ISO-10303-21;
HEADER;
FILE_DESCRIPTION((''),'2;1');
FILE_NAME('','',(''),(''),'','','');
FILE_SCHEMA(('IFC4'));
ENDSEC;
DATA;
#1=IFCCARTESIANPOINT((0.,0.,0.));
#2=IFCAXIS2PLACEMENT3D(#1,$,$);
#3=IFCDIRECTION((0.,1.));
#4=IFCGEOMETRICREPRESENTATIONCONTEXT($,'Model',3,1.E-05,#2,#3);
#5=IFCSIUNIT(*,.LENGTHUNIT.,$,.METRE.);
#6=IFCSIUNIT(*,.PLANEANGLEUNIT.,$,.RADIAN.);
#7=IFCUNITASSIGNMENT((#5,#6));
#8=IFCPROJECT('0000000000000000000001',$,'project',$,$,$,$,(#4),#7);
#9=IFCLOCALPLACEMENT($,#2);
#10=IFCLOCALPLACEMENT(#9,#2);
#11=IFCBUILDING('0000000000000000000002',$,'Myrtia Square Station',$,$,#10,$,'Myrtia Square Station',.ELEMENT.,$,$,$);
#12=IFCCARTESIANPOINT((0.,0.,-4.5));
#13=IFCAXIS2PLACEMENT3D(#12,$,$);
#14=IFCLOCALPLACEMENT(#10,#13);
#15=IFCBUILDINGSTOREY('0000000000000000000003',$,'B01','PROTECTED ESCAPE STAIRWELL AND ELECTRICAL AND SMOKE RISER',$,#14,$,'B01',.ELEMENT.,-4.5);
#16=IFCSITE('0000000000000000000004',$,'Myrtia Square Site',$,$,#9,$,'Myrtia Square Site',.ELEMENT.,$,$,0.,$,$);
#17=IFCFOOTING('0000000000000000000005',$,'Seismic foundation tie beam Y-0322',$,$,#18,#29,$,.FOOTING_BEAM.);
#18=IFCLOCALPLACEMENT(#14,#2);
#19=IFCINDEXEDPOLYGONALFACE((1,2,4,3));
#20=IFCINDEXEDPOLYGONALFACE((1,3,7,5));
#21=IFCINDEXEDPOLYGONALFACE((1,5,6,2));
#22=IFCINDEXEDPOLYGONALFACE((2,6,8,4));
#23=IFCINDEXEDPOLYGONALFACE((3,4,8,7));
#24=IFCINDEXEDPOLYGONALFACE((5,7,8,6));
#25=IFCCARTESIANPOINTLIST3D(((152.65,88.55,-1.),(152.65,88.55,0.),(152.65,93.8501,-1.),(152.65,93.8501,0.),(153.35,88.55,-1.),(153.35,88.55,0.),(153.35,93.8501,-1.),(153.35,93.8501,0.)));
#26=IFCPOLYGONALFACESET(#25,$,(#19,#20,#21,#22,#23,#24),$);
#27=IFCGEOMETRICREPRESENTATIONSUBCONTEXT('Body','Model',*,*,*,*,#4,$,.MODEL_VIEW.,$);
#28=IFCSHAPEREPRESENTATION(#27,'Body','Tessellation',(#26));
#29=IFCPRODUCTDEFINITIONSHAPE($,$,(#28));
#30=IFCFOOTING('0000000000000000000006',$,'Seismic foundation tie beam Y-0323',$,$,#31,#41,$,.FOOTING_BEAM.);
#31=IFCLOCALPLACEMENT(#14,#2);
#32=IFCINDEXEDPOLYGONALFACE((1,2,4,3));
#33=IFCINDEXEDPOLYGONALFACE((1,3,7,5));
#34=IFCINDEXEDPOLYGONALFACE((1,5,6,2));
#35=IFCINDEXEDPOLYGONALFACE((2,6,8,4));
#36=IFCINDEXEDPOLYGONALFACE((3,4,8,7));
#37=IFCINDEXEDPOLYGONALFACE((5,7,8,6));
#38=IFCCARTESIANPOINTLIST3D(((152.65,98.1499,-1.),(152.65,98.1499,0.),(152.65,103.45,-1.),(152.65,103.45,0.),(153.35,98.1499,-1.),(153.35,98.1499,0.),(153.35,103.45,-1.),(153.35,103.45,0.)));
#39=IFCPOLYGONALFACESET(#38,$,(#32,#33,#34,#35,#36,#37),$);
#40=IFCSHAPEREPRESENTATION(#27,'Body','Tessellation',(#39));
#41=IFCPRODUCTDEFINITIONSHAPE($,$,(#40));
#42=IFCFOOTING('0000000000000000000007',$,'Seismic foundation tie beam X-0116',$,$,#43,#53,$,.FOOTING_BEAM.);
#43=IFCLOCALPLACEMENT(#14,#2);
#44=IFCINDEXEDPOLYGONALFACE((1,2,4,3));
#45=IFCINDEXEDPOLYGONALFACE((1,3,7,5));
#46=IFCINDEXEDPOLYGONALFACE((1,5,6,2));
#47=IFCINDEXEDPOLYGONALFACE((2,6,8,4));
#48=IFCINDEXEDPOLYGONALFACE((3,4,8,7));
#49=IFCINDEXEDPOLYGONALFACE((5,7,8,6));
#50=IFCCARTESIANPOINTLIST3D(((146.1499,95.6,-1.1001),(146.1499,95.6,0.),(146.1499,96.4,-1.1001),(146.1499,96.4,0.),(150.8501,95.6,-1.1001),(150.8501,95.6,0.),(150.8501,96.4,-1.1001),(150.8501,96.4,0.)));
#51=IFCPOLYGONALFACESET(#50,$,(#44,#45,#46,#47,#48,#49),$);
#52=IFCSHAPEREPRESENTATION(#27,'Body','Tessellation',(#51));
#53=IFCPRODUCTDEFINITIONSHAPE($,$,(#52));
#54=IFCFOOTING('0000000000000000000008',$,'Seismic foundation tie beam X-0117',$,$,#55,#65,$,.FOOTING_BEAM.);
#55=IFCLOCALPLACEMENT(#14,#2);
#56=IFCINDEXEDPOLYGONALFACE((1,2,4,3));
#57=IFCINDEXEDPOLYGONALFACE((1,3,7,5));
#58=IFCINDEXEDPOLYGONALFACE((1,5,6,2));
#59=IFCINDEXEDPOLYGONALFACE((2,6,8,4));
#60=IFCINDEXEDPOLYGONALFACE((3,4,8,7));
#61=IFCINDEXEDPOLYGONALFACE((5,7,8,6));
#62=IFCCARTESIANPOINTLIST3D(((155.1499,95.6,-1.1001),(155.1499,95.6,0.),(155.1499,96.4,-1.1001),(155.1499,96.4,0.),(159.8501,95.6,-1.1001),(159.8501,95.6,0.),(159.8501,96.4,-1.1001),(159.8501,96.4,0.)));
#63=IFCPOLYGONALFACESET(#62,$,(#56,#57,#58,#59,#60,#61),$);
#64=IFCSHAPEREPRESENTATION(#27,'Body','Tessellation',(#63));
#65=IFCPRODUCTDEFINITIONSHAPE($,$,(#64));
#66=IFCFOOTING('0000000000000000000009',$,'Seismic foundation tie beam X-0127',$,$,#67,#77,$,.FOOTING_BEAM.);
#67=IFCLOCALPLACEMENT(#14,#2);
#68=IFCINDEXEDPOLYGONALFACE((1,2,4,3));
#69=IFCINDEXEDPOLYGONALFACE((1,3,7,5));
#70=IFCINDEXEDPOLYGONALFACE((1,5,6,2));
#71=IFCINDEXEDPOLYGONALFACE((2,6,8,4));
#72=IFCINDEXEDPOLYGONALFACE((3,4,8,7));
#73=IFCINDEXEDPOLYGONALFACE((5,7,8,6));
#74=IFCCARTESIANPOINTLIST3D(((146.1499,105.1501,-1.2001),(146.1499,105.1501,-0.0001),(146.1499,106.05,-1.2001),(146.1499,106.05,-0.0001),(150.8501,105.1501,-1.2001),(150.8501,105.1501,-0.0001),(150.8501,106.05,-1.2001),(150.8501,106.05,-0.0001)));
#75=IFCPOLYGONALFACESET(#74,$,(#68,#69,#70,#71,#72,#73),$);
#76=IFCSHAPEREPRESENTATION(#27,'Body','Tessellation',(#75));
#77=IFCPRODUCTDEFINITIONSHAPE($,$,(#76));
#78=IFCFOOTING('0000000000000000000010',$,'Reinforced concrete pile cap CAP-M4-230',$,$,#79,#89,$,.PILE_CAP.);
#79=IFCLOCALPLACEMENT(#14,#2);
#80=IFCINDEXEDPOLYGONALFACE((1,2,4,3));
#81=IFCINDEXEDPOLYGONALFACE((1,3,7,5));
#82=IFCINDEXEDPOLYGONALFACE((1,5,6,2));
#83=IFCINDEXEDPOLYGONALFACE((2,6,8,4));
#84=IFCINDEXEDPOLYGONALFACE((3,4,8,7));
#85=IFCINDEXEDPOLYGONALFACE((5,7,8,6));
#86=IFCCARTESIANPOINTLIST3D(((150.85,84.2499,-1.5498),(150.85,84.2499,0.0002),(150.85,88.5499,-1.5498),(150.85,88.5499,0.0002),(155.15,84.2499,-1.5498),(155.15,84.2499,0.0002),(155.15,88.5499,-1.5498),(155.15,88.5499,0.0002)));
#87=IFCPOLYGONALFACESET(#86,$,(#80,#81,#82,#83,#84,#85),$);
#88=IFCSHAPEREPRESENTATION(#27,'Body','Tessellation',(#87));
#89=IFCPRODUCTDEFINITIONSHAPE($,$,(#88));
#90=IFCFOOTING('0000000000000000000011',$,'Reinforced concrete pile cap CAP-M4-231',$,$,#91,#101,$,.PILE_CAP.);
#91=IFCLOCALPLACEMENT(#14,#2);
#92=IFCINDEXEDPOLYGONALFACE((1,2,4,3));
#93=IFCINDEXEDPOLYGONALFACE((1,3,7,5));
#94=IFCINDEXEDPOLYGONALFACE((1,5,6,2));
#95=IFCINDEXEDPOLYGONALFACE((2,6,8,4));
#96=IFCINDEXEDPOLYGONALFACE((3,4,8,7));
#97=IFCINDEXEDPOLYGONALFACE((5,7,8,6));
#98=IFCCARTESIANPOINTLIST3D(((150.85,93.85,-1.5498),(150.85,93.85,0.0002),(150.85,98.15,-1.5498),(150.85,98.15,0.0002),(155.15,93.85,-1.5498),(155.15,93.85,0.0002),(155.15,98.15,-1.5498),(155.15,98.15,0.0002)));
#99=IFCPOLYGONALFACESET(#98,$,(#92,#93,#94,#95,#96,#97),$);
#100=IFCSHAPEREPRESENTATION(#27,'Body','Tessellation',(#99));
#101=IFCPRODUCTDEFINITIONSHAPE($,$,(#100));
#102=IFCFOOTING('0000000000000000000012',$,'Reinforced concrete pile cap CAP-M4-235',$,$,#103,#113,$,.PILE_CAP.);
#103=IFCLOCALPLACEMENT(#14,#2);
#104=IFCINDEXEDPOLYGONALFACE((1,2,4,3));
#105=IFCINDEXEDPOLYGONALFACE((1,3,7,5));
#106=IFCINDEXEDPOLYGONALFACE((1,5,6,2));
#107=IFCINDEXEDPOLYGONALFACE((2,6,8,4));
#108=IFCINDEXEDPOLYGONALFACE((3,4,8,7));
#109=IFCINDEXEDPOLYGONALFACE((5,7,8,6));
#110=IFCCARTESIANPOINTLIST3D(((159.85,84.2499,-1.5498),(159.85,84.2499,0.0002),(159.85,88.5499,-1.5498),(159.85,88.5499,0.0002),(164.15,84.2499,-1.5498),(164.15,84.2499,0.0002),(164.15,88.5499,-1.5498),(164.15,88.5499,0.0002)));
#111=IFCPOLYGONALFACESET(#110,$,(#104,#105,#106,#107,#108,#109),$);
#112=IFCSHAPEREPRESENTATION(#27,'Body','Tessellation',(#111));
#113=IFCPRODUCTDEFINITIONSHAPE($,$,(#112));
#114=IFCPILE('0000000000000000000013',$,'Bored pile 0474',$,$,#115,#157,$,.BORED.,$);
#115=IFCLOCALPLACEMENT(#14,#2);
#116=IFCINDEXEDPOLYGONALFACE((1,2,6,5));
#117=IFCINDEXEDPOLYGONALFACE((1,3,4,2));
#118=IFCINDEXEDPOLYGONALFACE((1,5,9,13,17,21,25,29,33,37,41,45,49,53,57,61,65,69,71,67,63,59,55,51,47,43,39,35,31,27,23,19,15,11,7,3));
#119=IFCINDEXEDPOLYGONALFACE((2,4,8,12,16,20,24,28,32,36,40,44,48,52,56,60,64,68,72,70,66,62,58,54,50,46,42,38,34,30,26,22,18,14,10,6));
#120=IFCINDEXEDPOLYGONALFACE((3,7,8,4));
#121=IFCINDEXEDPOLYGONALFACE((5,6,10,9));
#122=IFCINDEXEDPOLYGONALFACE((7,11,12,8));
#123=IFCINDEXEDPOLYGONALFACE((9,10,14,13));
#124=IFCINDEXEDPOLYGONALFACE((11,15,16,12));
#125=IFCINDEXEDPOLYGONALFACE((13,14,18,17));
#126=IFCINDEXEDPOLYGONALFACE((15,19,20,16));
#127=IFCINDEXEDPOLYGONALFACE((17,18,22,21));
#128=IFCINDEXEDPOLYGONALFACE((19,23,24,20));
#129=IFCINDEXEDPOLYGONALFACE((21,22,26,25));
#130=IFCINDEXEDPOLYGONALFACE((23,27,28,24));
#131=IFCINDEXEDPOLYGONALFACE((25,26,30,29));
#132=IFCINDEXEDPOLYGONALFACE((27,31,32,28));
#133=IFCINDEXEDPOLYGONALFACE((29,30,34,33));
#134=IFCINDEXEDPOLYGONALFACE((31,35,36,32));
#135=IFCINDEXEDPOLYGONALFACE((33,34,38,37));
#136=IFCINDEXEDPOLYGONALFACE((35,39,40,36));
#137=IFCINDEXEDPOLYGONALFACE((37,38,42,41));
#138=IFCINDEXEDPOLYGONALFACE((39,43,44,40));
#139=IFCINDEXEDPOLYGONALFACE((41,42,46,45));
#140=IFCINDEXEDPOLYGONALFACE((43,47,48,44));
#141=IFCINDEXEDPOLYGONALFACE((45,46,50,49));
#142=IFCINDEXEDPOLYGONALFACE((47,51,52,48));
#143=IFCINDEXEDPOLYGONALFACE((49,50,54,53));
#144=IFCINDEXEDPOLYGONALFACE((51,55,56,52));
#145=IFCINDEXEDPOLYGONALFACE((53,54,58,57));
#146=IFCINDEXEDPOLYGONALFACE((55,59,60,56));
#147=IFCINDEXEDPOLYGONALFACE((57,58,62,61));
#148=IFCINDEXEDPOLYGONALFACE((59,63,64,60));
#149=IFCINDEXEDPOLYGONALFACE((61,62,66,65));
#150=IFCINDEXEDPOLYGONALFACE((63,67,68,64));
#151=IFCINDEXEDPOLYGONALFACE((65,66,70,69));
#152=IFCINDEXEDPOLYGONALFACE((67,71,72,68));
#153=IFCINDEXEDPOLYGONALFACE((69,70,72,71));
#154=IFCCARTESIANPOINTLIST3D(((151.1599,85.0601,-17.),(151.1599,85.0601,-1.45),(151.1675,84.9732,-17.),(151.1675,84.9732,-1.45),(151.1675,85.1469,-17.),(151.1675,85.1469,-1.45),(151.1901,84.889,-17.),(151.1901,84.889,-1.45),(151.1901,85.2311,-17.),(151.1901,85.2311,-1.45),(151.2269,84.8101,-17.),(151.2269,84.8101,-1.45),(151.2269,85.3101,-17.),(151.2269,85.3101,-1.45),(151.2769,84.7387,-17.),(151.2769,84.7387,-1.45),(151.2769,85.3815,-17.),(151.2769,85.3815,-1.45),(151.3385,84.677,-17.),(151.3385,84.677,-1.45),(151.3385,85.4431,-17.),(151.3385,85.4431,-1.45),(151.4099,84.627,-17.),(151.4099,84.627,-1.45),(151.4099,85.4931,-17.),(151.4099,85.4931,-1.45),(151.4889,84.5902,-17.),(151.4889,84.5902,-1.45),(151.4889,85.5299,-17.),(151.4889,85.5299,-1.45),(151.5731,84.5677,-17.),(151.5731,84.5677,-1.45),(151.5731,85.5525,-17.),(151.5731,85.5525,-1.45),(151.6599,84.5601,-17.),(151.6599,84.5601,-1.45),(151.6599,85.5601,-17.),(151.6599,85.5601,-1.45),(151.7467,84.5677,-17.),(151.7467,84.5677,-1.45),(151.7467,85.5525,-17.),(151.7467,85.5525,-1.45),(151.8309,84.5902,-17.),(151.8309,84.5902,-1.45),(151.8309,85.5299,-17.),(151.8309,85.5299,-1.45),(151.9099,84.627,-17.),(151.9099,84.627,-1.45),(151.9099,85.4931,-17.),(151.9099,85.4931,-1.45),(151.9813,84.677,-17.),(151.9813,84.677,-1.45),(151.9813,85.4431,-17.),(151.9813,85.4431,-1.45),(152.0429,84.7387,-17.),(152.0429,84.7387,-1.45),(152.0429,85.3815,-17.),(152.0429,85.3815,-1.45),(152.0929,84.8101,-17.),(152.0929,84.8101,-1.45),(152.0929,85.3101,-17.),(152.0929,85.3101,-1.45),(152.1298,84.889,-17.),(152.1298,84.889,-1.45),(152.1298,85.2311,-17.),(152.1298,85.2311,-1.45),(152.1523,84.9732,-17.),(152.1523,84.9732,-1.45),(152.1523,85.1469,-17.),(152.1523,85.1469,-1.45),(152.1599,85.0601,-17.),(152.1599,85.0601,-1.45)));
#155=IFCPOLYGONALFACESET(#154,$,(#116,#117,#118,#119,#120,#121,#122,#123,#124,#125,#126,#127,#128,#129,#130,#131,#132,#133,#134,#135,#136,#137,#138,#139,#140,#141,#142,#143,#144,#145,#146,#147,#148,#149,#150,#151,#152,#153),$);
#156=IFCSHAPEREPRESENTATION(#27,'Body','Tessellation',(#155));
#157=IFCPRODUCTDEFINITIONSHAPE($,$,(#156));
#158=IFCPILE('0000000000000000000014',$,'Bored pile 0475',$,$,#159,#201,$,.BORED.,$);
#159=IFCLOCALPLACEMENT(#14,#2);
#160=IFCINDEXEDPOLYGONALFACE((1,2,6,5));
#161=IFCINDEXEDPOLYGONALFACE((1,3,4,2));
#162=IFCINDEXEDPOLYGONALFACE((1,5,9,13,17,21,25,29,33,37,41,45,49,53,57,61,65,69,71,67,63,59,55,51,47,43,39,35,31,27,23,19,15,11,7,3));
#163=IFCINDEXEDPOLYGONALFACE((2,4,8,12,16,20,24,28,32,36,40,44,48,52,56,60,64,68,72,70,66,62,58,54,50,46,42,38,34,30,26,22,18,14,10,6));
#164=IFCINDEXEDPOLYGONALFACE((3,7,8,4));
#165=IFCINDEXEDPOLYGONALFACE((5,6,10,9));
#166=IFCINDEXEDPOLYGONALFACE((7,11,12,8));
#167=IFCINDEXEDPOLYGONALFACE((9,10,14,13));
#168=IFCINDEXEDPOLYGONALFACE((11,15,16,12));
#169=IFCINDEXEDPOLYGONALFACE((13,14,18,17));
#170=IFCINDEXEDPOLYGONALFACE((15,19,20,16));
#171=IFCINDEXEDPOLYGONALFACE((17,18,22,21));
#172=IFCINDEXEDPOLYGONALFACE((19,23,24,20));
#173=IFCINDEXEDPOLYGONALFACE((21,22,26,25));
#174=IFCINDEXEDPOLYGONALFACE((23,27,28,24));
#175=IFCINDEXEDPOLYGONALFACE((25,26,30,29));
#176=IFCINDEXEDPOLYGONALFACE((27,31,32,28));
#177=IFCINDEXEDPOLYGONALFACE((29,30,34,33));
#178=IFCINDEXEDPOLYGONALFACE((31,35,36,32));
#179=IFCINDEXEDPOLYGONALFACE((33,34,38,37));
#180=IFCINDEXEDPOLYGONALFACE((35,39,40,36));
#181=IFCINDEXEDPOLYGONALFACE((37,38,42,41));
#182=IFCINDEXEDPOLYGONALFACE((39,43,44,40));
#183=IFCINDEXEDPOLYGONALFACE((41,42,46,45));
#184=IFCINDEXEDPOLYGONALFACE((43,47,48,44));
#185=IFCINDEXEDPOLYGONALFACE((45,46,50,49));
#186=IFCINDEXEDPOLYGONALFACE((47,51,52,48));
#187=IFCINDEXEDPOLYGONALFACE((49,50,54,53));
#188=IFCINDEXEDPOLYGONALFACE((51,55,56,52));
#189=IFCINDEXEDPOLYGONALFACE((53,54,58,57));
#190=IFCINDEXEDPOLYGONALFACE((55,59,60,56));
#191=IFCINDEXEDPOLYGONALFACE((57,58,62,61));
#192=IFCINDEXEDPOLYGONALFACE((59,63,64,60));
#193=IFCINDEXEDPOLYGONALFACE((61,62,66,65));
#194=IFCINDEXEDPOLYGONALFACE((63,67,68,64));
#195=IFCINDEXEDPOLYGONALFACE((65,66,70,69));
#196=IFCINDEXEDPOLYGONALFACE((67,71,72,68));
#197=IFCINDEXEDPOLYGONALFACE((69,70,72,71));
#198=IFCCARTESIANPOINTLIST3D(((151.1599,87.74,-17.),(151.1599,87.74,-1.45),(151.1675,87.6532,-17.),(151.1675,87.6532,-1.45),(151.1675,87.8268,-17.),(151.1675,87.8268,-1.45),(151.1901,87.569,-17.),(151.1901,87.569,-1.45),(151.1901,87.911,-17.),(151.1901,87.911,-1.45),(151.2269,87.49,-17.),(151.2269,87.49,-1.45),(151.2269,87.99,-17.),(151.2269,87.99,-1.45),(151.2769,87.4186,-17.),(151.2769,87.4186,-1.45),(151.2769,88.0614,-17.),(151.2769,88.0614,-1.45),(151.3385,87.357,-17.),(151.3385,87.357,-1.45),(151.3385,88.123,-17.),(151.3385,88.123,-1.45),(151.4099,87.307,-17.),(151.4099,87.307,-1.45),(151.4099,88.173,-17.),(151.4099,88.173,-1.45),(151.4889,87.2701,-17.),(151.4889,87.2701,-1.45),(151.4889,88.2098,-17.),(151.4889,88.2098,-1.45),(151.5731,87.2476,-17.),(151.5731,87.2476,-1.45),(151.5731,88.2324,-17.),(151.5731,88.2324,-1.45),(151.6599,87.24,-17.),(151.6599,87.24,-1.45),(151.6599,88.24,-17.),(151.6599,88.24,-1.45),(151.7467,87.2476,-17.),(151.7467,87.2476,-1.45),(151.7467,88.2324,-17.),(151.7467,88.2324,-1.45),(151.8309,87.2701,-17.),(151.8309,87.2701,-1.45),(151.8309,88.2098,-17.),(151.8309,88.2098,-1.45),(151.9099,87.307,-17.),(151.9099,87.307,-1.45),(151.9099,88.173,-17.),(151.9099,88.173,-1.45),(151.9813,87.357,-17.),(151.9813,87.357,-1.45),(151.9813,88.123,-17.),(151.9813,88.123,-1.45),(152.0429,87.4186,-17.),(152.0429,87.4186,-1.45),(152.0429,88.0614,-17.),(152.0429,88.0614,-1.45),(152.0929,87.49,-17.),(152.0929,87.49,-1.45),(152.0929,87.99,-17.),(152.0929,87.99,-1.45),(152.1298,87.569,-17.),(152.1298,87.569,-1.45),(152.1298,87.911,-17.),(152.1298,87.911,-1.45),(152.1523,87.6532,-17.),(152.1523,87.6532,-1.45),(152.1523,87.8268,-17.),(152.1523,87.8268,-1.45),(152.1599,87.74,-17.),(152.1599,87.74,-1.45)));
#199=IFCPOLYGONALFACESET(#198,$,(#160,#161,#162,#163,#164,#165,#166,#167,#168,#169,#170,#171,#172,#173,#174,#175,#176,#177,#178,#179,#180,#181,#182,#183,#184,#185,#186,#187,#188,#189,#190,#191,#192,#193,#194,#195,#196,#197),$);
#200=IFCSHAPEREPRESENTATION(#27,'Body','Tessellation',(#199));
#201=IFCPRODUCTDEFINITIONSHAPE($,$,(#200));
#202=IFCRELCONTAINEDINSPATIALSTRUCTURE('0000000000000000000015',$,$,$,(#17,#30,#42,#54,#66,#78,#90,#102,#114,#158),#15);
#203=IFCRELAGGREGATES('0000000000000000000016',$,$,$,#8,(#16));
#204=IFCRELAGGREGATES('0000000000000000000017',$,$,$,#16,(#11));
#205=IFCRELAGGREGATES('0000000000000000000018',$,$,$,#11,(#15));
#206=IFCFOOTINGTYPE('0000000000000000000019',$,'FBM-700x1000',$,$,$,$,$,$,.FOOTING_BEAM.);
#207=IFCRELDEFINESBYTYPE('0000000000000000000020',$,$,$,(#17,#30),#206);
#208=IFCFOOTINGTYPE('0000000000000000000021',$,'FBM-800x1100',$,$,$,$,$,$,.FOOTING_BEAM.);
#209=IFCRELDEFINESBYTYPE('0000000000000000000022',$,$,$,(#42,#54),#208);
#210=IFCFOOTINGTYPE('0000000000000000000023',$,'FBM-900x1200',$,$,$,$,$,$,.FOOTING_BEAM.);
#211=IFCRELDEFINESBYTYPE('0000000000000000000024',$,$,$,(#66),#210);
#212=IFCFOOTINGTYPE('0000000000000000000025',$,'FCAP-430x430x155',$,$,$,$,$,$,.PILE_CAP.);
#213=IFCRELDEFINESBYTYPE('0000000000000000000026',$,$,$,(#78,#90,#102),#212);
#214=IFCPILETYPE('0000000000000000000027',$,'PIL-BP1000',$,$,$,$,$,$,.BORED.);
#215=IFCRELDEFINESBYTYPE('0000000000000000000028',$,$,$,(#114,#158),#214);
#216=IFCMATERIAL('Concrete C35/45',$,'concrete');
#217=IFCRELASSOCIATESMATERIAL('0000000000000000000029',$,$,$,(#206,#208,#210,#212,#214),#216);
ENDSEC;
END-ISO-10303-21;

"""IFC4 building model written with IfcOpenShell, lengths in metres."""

from ifc_helpers import new_model, si_unit, direction, frame, origin, origin_2d, place, context, subcontext, project, spatial, rectangle, circle, extrude, material, material_profile, profile_set, type_object, element, save


model = new_model("IFC4")

# Units and contexts
model_context = context("Model", 3, precision=1e-05, world=origin(), true_north=direction((0.0, 1.0)))
body_context = subcontext(model_context, "Body", "Model", "MODEL_VIEW")
ifc_project = project(units=[si_unit("LENGTHUNIT", "METRE"), si_unit("PLANEANGLEUNIT", "RADIAN")], contexts=[model_context])

# Site, building, storey
site_placement = place(None, origin())
site = spatial("IfcSite", under=ifc_project, at=site_placement, Name="Myrtia Square Site", LongName="Myrtia Square Site", CompositionType="ELEMENT", RefElevation=0.0)
building_placement = place(site_placement, origin())
building = spatial("IfcBuilding", under=site, at=building_placement, Name="Myrtia Square Station", LongName="Myrtia Square Station", CompositionType="ELEMENT")
storey_placement = place(building_placement, frame((0.0, 0.0, -4.5)))
storey = spatial("IfcBuildingStorey", under=building, at=storey_placement, Name="B01", Description="PROTECTED ESCAPE STAIRWELL AND ELECTRICAL AND SMOKE RISER", LongName="B01", CompositionType="ELEMENT", Elevation=-4.5)

# Footings
ifc_material_1 = material(Name="Concrete C35/45", Category="concrete")
ifc_material_profile_1 = material_profile(ifc_material_1, rectangle(XDim=0.7, YDim=1.0, at=origin_2d()), Name="FB 700x1000")
ifc_profile_set_1 = profile_set([ifc_material_profile_1], Name="Concrete C35/45")
footing_type_1 = type_object("IfcFootingType", Name="FBM-700x1000", PredefinedType="FOOTING_BEAM", material=ifc_profile_set_1)
for number, where, z_axis, x_axis, name in (
    (1, (153.0, 88.55, -0.5), (0.0, 1.0, 0.0), (-1.0, 0.0, 0.0), "Seismic foundation tie beam Y-0322"),
    (2, (153.0, 98.1499, -0.5), (0.0, 1.0, 0.0), (-1.0, 0.0, 0.0), "Seismic foundation tie beam Y-0323"),
):
    element("IfcFooting", number, at=place(storey_placement, frame(where, z_axis=z_axis, x_axis=x_axis)), inside=storey, type_object=footing_type_1, Name=name, PredefinedType="FOOTING_BEAM", context=body_context, shape_type="SweptSolid", body=[
        extrude(rectangle(XDim=0.7, YDim=1.0, at=origin_2d()), origin(), (0.0, 0.0, 1.0), 5.3),
    ])
ifc_material_profile_2 = material_profile(ifc_material_1, rectangle(XDim=0.8, YDim=1.1001, at=origin_2d()), Name="FB 800x1100")
ifc_profile_set_2 = profile_set([ifc_material_profile_2], Name="Concrete C35/45")
footing_type_2 = type_object("IfcFootingType", Name="FBM-800x1100", PredefinedType="FOOTING_BEAM", material=ifc_profile_set_2)
for number, where, z_axis, x_axis, name in (
    (3, (146.1499, 96.0, -0.55), (1.0, 0.0, 0.0), (0.0, 1.0, 0.0), "Seismic foundation tie beam X-0116"),
    (4, (155.1499, 96.0, -0.55), (1.0, 0.0, 0.0), (0.0, 1.0, 0.0), "Seismic foundation tie beam X-0117"),
):
    element("IfcFooting", number, at=place(storey_placement, frame(where, z_axis=z_axis, x_axis=x_axis)), inside=storey, type_object=footing_type_2, Name=name, PredefinedType="FOOTING_BEAM", context=body_context, shape_type="SweptSolid", body=[
        extrude(rectangle(XDim=0.8, YDim=1.1001, at=origin_2d()), origin(), (0.0, 0.0, 1.0), 4.7002),
    ])
ifc_material_profile_3 = material_profile(ifc_material_1, rectangle(XDim=0.8999, YDim=1.2, at=origin_2d()), Name="FB 900x1200")
ifc_profile_set_3 = profile_set([ifc_material_profile_3], Name="Concrete C35/45")
footing_type_3 = type_object("IfcFootingType", Name="FBM-900x1200", PredefinedType="FOOTING_BEAM", material=ifc_profile_set_3)
footing_placement = place(storey_placement, frame((146.1499, 105.6001, -0.6001), z_axis=(1.0, 0.0, 0.0), x_axis=(0.0, 1.0, 0.0)))
element("IfcFooting", 5, at=footing_placement, inside=storey, type_object=footing_type_3, Name="Seismic foundation tie beam X-0127", PredefinedType="FOOTING_BEAM", context=body_context, shape_type="SweptSolid", body=[
    extrude(rectangle(XDim=0.8999, YDim=1.2, at=origin_2d()), origin(), (0.0, 0.0, 1.0), 4.7002),
])
footing_type_4 = type_object("IfcFootingType", Name="FCAP-430x430x155", PredefinedType="PILE_CAP", material=ifc_material_1)
for number, where, z_axis, x_axis, name in (
    (6, (153.0, 86.3999, -1.5498), (0.0, 0.0, 1.0), (1.0, 0.0, 0.0), "Reinforced concrete pile cap CAP-M4-230"),
    (7, (153.0, 96.0, -1.5498), (0.0, 0.0, 1.0), (1.0, 0.0, 0.0), "Reinforced concrete pile cap CAP-M4-231"),
    (8, (162.0, 86.3999, -1.5498), (0.0, 0.0, 1.0), (1.0, 0.0, 0.0), "Reinforced concrete pile cap CAP-M4-235"),
):
    element("IfcFooting", number, at=place(storey_placement, frame(where, z_axis=z_axis, x_axis=x_axis)), inside=storey, type_object=footing_type_4, Name=name, PredefinedType="PILE_CAP", context=body_context, shape_type="SweptSolid", body=[
        extrude(rectangle(XDim=4.3, YDim=4.3, at=origin_2d()), origin(), (0.0, 0.0, 1.0), 1.55),
    ])

# Piles
ifc_material_profile_4 = material_profile(ifc_material_1, circle(Radius=0.5, at=origin_2d()), Name="BP D1000")
ifc_profile_set_4 = profile_set([ifc_material_profile_4], Name="Concrete C35/45")
pile_type = type_object("IfcPileType", Name="PIL-BP1000", PredefinedType="BORED", material=ifc_profile_set_4)
for number, where, z_axis, x_axis, name in (
    (9, (151.6599, 85.0601, -1.45), (0.0, 0.0, -1.0), (1.0, 0.0, 0.0), "Bored pile 0474"),
    (10, (151.6599, 87.74, -1.45), (0.0, 0.0, -1.0), (1.0, 0.0, 0.0), "Bored pile 0475"),
):
    element("IfcPile", number, at=place(storey_placement, frame(where, z_axis=z_axis, x_axis=x_axis)), inside=storey, type_object=pile_type, Name=name, PredefinedType="BORED", context=body_context, shape_type="SweptSolid", body=[
        extrude(circle(Radius=0.5, at=origin_2d()), origin(), (0.0, 0.0, 1.0), 15.55),
    ])

save(model, "model.ifc")
